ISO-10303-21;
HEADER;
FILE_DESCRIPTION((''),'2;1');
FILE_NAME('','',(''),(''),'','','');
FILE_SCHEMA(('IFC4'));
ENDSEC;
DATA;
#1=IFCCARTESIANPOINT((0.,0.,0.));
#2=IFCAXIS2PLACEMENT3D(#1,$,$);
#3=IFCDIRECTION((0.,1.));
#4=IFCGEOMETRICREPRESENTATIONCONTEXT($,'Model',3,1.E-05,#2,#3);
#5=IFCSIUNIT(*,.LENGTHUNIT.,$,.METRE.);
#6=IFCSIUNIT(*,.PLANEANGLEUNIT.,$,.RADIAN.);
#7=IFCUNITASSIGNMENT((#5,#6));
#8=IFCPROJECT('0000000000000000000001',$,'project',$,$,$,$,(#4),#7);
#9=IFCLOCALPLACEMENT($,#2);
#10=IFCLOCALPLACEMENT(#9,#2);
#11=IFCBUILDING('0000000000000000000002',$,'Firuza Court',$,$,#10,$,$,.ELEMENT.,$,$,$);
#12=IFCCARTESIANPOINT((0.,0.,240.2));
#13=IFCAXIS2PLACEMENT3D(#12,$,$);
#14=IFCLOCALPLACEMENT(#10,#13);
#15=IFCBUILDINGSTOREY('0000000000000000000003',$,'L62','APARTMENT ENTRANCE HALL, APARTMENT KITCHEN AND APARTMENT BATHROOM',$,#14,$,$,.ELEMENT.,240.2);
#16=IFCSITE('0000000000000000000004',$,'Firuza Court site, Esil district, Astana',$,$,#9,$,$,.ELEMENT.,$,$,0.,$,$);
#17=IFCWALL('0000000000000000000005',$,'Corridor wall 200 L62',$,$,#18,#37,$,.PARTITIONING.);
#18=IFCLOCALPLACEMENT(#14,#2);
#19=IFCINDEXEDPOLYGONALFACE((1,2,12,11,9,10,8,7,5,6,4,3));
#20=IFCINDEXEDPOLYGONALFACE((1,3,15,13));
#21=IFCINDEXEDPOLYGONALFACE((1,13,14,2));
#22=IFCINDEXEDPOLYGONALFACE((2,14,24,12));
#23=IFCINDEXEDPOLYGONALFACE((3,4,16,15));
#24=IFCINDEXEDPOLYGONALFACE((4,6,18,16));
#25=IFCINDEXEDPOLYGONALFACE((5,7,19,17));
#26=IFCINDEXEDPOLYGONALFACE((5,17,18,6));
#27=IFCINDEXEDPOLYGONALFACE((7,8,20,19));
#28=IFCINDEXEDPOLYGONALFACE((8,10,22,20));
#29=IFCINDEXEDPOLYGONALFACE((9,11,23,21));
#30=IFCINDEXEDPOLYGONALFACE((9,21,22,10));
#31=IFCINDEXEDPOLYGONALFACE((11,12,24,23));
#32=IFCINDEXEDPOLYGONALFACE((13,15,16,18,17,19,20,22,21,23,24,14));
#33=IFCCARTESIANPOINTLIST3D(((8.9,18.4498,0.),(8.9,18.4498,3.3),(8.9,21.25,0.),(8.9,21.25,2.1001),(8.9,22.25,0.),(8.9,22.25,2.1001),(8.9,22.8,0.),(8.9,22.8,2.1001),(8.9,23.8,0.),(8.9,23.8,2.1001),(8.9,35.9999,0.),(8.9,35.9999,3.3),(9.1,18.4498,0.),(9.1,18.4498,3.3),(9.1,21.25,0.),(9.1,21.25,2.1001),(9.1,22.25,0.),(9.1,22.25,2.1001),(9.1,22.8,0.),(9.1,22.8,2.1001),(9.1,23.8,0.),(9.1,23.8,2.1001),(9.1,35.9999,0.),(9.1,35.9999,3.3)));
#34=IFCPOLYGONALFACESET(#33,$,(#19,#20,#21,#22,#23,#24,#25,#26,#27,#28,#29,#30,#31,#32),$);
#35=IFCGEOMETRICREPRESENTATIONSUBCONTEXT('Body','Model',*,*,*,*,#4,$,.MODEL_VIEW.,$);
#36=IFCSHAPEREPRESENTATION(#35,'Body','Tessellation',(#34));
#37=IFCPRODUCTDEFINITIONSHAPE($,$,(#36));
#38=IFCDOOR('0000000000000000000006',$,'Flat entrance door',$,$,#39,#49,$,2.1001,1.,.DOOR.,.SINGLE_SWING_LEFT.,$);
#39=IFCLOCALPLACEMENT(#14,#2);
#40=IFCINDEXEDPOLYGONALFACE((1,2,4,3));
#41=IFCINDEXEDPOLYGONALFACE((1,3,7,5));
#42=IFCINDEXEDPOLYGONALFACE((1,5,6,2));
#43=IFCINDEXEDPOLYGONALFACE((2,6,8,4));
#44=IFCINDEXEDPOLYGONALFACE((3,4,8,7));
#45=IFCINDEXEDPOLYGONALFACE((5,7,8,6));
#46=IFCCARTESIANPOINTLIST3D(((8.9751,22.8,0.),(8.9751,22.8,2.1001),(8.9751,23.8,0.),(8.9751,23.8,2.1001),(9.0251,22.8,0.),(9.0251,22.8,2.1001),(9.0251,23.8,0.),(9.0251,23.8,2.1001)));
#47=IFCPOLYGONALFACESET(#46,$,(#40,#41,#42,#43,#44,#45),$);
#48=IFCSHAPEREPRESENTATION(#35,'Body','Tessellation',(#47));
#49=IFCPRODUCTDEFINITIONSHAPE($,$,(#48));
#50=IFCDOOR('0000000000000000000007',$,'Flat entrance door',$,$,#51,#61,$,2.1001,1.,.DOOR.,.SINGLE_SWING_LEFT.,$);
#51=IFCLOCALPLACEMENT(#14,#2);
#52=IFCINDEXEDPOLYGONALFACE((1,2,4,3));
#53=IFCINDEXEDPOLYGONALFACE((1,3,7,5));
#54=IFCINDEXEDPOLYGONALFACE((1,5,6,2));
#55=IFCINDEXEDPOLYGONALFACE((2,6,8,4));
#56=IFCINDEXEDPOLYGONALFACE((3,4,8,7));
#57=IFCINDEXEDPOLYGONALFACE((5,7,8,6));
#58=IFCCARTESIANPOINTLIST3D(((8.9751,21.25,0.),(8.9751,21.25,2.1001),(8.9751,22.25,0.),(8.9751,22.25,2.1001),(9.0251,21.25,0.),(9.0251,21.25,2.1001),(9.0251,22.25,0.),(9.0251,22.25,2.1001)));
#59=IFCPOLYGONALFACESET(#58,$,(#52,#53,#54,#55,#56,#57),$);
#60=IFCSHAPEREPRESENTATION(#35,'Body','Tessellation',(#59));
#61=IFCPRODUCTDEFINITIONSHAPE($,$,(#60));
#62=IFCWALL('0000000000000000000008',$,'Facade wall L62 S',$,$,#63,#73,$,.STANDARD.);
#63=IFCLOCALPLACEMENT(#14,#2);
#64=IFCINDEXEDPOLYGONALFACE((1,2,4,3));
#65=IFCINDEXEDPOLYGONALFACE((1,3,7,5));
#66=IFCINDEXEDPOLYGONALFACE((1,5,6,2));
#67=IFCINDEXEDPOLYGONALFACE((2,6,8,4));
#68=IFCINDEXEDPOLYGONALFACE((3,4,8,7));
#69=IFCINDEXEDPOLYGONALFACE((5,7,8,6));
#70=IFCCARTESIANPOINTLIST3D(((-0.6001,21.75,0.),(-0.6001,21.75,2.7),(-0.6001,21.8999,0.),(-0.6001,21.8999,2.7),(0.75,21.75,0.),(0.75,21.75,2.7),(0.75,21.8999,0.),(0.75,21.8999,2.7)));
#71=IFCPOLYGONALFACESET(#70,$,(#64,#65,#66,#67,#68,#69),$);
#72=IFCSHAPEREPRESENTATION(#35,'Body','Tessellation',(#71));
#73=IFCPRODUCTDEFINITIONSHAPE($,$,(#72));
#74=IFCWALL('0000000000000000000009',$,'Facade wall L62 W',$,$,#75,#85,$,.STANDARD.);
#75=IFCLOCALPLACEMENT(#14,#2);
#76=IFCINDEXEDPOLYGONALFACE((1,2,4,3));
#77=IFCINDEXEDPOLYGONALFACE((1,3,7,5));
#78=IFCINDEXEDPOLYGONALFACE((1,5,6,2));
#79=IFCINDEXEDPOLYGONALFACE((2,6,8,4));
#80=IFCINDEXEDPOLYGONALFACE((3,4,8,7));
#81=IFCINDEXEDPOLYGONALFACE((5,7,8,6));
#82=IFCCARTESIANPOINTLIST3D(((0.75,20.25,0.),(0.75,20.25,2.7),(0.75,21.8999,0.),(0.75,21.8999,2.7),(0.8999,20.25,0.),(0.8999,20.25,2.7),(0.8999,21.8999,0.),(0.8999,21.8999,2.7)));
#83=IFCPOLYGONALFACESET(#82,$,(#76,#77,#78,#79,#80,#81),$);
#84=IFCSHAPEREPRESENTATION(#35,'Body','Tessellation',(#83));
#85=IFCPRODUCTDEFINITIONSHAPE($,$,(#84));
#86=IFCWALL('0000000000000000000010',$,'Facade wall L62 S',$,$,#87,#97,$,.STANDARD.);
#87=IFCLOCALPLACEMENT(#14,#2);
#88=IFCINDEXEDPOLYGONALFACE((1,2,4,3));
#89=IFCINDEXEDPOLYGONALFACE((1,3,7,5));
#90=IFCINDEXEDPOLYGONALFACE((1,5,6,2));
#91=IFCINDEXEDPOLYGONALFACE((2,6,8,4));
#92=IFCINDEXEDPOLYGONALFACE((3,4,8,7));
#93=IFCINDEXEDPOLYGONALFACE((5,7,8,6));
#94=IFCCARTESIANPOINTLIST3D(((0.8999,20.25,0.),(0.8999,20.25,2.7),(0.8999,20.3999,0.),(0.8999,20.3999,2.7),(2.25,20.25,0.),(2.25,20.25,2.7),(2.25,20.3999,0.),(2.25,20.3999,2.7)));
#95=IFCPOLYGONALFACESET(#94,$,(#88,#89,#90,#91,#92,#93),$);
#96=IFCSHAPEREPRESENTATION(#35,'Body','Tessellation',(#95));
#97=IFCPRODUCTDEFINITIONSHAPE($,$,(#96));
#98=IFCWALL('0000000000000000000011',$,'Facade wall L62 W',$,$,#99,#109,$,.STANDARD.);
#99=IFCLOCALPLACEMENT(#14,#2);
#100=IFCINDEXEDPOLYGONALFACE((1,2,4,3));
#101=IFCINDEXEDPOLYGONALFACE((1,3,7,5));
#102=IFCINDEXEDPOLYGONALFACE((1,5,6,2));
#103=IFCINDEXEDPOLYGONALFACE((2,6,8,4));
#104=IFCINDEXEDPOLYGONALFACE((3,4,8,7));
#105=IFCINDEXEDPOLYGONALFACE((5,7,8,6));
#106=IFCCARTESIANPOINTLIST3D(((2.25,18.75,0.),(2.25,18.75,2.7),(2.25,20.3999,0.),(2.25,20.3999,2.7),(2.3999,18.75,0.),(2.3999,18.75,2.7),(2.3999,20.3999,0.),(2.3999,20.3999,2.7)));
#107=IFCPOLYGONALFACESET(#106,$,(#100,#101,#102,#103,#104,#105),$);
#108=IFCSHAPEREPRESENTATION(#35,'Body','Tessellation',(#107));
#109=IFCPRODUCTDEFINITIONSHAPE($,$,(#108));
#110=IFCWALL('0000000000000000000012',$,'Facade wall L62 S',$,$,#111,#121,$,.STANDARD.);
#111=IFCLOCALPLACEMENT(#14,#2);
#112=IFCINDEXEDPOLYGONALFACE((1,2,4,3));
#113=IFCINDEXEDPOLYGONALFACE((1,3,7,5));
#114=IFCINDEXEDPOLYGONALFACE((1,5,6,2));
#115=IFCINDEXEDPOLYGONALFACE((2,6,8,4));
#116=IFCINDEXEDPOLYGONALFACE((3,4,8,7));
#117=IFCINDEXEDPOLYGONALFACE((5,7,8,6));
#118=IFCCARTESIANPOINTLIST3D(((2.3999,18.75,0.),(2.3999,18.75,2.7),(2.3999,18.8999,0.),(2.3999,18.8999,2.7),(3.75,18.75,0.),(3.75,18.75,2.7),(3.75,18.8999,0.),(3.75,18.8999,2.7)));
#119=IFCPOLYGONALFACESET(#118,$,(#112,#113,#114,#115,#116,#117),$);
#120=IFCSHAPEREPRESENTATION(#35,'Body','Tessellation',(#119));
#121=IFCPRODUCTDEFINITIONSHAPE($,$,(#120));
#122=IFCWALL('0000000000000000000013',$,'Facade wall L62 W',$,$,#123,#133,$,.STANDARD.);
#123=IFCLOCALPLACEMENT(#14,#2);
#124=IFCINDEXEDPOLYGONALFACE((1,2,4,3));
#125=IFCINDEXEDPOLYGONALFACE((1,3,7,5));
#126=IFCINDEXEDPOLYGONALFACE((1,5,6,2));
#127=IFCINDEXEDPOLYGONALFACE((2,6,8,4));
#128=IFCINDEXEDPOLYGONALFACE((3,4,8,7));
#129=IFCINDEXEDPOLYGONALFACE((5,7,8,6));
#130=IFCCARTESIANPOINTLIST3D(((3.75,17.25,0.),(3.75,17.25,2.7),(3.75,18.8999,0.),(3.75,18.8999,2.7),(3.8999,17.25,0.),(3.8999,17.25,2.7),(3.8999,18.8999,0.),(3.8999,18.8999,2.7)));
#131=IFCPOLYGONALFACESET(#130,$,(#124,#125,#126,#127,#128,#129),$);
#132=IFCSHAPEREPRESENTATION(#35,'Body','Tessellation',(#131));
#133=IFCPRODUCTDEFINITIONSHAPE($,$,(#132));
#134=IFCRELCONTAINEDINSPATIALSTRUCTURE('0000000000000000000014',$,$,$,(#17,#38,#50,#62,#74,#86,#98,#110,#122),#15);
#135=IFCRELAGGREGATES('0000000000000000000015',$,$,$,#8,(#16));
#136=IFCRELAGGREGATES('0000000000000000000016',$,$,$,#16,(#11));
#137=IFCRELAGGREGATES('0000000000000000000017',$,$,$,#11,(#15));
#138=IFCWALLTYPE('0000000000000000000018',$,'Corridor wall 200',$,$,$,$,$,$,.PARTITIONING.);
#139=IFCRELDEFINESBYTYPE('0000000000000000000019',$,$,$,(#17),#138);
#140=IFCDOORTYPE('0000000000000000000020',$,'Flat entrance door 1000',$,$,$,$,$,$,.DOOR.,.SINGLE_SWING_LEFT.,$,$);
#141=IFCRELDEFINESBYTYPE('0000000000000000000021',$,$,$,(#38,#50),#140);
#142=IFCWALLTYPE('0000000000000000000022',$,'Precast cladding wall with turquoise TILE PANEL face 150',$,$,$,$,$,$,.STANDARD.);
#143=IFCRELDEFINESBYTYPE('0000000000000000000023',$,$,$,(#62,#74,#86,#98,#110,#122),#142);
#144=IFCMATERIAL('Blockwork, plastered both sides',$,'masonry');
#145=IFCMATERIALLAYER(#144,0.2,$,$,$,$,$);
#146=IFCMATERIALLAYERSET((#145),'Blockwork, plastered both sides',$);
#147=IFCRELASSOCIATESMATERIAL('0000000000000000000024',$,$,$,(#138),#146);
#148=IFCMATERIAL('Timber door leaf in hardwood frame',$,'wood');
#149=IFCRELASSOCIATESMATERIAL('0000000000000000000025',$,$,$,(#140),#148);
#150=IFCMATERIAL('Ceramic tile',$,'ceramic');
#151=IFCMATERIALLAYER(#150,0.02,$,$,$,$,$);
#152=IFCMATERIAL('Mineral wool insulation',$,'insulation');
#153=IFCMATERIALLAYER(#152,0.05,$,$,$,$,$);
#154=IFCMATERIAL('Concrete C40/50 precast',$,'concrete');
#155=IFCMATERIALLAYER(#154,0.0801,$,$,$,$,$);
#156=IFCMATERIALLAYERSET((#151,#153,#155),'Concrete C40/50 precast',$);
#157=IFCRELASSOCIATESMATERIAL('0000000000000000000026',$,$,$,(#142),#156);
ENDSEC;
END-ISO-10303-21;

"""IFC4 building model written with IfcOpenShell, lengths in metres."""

from ifc_helpers import new_model, si_unit, direction, frame, frame_2d, origin, place, context, subcontext, project, spatial, rectangle, extrude, material, layer, layer_set, type_object, element, fill, save


model = new_model("IFC4")

# Units and contexts
model_context = context("Model", 3, precision=1e-05, world=origin(), true_north=direction((0.0, 1.0)))
body_context = subcontext(model_context, "Body", "Model", "MODEL_VIEW")
ifc_project = project(units=[si_unit("LENGTHUNIT", "METRE"), si_unit("PLANEANGLEUNIT", "RADIAN")], contexts=[model_context])

# Site, building, storey
site_placement = place(None, origin())
site = spatial("IfcSite", under=ifc_project, at=site_placement, Name="Firuza Court site, Esil district, Astana", CompositionType="ELEMENT", RefElevation=0.0)
building_placement = place(site_placement, origin())
building = spatial("IfcBuilding", under=site, at=building_placement, Name="Firuza Court", CompositionType="ELEMENT")
storey_placement = place(building_placement, frame((0.0, 0.0, 240.2)))
storey = spatial("IfcBuildingStorey", under=building, at=storey_placement, Name="L62", Description="APARTMENT ENTRANCE HALL, APARTMENT KITCHEN AND APARTMENT BATHROOM", CompositionType="ELEMENT", Elevation=240.2)

# Shared definitions
ifc_material_1 = material(Name="Concrete C40/50 precast", Category="concrete")

# Shared definitions
ifc_material_2 = material(Name="Blockwork, plastered both sides", Category="masonry")
ifc_layer_1 = layer(ifc_material_2, 0.2)
ifc_layer_set_1 = layer_set([ifc_layer_1], Name="Blockwork, plastered both sides")
wall_type_1 = type_object("IfcWallType", Name="Corridor wall 200", PredefinedType="PARTITIONING", material=ifc_layer_set_1)

# Wall, openings, doors
wall_1_placement = place(storey_placement, frame((9.0, 18.45, 0.0), z_axis=(0.0, 0.0, 1.0), x_axis=(0.0, 1.0, 0.0)))
wall_1 = element("IfcWall", 1, at=wall_1_placement, inside=storey, type_object=wall_type_1, Name="Corridor wall 200 L62", PredefinedType="PARTITIONING", context=body_context, shape_type="SweptSolid", body=[
    extrude(rectangle(XDim=17.55, YDim=0.2, at=frame_2d((8.7749, 0.0))), origin(), (0.0, 0.0, 1.0), 3.3),
])
opening_1_placement = place(wall_1_placement, frame((4.3501, 0.0, 0.0)))
opening_1 = element("IfcOpeningElement", 2, at=opening_1_placement, cuts=wall_1, PredefinedType="OPENING", context=body_context, shape_type="SweptSolid", body=[
    extrude(rectangle(XDim=1.0, YDim=2.1001, at=frame_2d((0.5, 1.05))), frame((0.0, 0.1118, 0.0), z_axis=(0.0, -1.0, 0.0), x_axis=(1.0, 0.0, 0.0)), (0.0, 0.0, 1.0), 0.2239),
])
opening_2_placement = place(wall_1_placement, frame((2.8, 0.0, 0.0)))
opening_2 = element("IfcOpeningElement", 3, at=opening_2_placement, cuts=wall_1, PredefinedType="OPENING", context=body_context, shape_type="SweptSolid", body=[
    extrude(rectangle(XDim=1.0, YDim=2.1001, at=frame_2d((0.5, 1.05))), frame((0.0, 0.1118, 0.0), z_axis=(0.0, -1.0, 0.0), x_axis=(1.0, 0.0, 0.0)), (0.0, 0.0, 1.0), 0.2239),
])
ifc_material_3 = material(Name="Timber door leaf in hardwood frame", Category="wood")
door_type_1 = type_object("IfcDoorType", Name="Flat entrance door 1000", OperationType="SINGLE_SWING_LEFT", PredefinedType="DOOR", material=ifc_material_3)
door_1_placement = place(opening_1_placement, origin())
door_1 = element("IfcDoor", 4, at=door_1_placement, inside=storey, type_object=door_type_1, Name="Flat entrance door", OperationType="SINGLE_SWING_LEFT", OverallHeight=2.1001, OverallWidth=1.0, PredefinedType="DOOR", context=body_context, shape_type="SweptSolid", body=[
    extrude(rectangle(XDim=1.0, YDim=2.1001, at=frame_2d((0.5, 1.05))), frame((0.0, 0.0249, 0.0), z_axis=(0.0, -1.0, 0.0), x_axis=(1.0, 0.0, 0.0)), (0.0, 0.0, 1.0), 0.05),
])
fill(opening_1, door_1)
door_2_placement = place(opening_2_placement, origin())
door_2 = element("IfcDoor", 5, at=door_2_placement, inside=storey, type_object=door_type_1, Name="Flat entrance door", OperationType="SINGLE_SWING_LEFT", OverallHeight=2.1001, OverallWidth=1.0, PredefinedType="DOOR", context=body_context, shape_type="SweptSolid", body=[
    extrude(rectangle(XDim=1.0, YDim=2.1001, at=frame_2d((0.5, 1.05))), frame((0.0, 0.0249, 0.0), z_axis=(0.0, -1.0, 0.0), x_axis=(1.0, 0.0, 0.0)), (0.0, 0.0, 1.0), 0.05),
])
fill(opening_2, door_2)

# Walls
ifc_material_4 = material(Name="Ceramic tile", Category="ceramic")
ifc_layer_2 = layer(ifc_material_4, 0.02)
ifc_material_5 = material(Name="Mineral wool insulation", Category="insulation")
ifc_layer_3 = layer(ifc_material_5, 0.05)
ifc_layer_4 = layer(ifc_material_1, 0.0801)
ifc_layer_set_2 = layer_set([ifc_layer_2, ifc_layer_3, ifc_layer_4], Name="Concrete C40/50 precast")
wall_type_2 = type_object("IfcWallType", Name="Precast cladding wall with turquoise TILE PANEL face 150", PredefinedType="STANDARD", material=ifc_layer_set_2)
wall_2_placement = place(storey_placement, frame((-0.6001, 21.825, 0.0), z_axis=(0.0, 0.0, 1.0), x_axis=(1.0, 0.0, 0.0)))
element("IfcWall", 6, at=wall_2_placement, inside=storey, type_object=wall_type_2, Name="Facade wall L62 S", PredefinedType="STANDARD", context=body_context, shape_type="SweptSolid", body=[
    extrude(rectangle(XDim=1.3501, YDim=0.1499, at=frame_2d((0.675, 0.0))), origin(), (0.0, 0.0, 1.0), 2.7),
])
wall_3_placement = place(storey_placement, frame((0.825, 21.8999, 0.0), z_axis=(0.0, 0.0, 1.0), x_axis=(0.0, -1.0, 0.0)))
element("IfcWall", 7, at=wall_3_placement, inside=storey, type_object=wall_type_2, Name="Facade wall L62 W", PredefinedType="STANDARD", context=body_context, shape_type="SweptSolid", body=[
    extrude(rectangle(XDim=1.6499, YDim=0.1499, at=frame_2d((0.825, 0.0))), origin(), (0.0, 0.0, 1.0), 2.7),
])
wall_4_placement = place(storey_placement, frame((0.8999, 20.325, 0.0), z_axis=(0.0, 0.0, 1.0), x_axis=(1.0, 0.0, 0.0)))
element("IfcWall", 8, at=wall_4_placement, inside=storey, type_object=wall_type_2, Name="Facade wall L62 S", PredefinedType="STANDARD", context=body_context, shape_type="SweptSolid", body=[
    extrude(rectangle(XDim=1.3501, YDim=0.1499, at=frame_2d((0.675, 0.0))), origin(), (0.0, 0.0, 1.0), 2.7),
])
wall_5_placement = place(storey_placement, frame((2.325, 20.3999, 0.0), z_axis=(0.0, 0.0, 1.0), x_axis=(0.0, -1.0, 0.0)))
element("IfcWall", 9, at=wall_5_placement, inside=storey, type_object=wall_type_2, Name="Facade wall L62 W", PredefinedType="STANDARD", context=body_context, shape_type="SweptSolid", body=[
    extrude(rectangle(XDim=1.6499, YDim=0.1499, at=frame_2d((0.825, 0.0))), origin(), (0.0, 0.0, 1.0), 2.7),
])
wall_6_placement = place(storey_placement, frame((2.3999, 18.825, 0.0), z_axis=(0.0, 0.0, 1.0), x_axis=(1.0, 0.0, 0.0)))
element("IfcWall", 10, at=wall_6_placement, inside=storey, type_object=wall_type_2, Name="Facade wall L62 S", PredefinedType="STANDARD", context=body_context, shape_type="SweptSolid", body=[
    extrude(rectangle(XDim=1.3501, YDim=0.1499, at=frame_2d((0.675, 0.0))), origin(), (0.0, 0.0, 1.0), 2.7),
])
wall_7_placement = place(storey_placement, frame((3.825, 18.8999, 0.0), z_axis=(0.0, 0.0, 1.0), x_axis=(0.0, -1.0, 0.0)))
element("IfcWall", 11, at=wall_7_placement, inside=storey, type_object=wall_type_2, Name="Facade wall L62 W", PredefinedType="STANDARD", context=body_context, shape_type="SweptSolid", body=[
    extrude(rectangle(XDim=1.6499, YDim=0.1499, at=frame_2d((0.825, 0.0))), origin(), (0.0, 0.0, 1.0), 2.7),
])

save(model, "model.ifc")
